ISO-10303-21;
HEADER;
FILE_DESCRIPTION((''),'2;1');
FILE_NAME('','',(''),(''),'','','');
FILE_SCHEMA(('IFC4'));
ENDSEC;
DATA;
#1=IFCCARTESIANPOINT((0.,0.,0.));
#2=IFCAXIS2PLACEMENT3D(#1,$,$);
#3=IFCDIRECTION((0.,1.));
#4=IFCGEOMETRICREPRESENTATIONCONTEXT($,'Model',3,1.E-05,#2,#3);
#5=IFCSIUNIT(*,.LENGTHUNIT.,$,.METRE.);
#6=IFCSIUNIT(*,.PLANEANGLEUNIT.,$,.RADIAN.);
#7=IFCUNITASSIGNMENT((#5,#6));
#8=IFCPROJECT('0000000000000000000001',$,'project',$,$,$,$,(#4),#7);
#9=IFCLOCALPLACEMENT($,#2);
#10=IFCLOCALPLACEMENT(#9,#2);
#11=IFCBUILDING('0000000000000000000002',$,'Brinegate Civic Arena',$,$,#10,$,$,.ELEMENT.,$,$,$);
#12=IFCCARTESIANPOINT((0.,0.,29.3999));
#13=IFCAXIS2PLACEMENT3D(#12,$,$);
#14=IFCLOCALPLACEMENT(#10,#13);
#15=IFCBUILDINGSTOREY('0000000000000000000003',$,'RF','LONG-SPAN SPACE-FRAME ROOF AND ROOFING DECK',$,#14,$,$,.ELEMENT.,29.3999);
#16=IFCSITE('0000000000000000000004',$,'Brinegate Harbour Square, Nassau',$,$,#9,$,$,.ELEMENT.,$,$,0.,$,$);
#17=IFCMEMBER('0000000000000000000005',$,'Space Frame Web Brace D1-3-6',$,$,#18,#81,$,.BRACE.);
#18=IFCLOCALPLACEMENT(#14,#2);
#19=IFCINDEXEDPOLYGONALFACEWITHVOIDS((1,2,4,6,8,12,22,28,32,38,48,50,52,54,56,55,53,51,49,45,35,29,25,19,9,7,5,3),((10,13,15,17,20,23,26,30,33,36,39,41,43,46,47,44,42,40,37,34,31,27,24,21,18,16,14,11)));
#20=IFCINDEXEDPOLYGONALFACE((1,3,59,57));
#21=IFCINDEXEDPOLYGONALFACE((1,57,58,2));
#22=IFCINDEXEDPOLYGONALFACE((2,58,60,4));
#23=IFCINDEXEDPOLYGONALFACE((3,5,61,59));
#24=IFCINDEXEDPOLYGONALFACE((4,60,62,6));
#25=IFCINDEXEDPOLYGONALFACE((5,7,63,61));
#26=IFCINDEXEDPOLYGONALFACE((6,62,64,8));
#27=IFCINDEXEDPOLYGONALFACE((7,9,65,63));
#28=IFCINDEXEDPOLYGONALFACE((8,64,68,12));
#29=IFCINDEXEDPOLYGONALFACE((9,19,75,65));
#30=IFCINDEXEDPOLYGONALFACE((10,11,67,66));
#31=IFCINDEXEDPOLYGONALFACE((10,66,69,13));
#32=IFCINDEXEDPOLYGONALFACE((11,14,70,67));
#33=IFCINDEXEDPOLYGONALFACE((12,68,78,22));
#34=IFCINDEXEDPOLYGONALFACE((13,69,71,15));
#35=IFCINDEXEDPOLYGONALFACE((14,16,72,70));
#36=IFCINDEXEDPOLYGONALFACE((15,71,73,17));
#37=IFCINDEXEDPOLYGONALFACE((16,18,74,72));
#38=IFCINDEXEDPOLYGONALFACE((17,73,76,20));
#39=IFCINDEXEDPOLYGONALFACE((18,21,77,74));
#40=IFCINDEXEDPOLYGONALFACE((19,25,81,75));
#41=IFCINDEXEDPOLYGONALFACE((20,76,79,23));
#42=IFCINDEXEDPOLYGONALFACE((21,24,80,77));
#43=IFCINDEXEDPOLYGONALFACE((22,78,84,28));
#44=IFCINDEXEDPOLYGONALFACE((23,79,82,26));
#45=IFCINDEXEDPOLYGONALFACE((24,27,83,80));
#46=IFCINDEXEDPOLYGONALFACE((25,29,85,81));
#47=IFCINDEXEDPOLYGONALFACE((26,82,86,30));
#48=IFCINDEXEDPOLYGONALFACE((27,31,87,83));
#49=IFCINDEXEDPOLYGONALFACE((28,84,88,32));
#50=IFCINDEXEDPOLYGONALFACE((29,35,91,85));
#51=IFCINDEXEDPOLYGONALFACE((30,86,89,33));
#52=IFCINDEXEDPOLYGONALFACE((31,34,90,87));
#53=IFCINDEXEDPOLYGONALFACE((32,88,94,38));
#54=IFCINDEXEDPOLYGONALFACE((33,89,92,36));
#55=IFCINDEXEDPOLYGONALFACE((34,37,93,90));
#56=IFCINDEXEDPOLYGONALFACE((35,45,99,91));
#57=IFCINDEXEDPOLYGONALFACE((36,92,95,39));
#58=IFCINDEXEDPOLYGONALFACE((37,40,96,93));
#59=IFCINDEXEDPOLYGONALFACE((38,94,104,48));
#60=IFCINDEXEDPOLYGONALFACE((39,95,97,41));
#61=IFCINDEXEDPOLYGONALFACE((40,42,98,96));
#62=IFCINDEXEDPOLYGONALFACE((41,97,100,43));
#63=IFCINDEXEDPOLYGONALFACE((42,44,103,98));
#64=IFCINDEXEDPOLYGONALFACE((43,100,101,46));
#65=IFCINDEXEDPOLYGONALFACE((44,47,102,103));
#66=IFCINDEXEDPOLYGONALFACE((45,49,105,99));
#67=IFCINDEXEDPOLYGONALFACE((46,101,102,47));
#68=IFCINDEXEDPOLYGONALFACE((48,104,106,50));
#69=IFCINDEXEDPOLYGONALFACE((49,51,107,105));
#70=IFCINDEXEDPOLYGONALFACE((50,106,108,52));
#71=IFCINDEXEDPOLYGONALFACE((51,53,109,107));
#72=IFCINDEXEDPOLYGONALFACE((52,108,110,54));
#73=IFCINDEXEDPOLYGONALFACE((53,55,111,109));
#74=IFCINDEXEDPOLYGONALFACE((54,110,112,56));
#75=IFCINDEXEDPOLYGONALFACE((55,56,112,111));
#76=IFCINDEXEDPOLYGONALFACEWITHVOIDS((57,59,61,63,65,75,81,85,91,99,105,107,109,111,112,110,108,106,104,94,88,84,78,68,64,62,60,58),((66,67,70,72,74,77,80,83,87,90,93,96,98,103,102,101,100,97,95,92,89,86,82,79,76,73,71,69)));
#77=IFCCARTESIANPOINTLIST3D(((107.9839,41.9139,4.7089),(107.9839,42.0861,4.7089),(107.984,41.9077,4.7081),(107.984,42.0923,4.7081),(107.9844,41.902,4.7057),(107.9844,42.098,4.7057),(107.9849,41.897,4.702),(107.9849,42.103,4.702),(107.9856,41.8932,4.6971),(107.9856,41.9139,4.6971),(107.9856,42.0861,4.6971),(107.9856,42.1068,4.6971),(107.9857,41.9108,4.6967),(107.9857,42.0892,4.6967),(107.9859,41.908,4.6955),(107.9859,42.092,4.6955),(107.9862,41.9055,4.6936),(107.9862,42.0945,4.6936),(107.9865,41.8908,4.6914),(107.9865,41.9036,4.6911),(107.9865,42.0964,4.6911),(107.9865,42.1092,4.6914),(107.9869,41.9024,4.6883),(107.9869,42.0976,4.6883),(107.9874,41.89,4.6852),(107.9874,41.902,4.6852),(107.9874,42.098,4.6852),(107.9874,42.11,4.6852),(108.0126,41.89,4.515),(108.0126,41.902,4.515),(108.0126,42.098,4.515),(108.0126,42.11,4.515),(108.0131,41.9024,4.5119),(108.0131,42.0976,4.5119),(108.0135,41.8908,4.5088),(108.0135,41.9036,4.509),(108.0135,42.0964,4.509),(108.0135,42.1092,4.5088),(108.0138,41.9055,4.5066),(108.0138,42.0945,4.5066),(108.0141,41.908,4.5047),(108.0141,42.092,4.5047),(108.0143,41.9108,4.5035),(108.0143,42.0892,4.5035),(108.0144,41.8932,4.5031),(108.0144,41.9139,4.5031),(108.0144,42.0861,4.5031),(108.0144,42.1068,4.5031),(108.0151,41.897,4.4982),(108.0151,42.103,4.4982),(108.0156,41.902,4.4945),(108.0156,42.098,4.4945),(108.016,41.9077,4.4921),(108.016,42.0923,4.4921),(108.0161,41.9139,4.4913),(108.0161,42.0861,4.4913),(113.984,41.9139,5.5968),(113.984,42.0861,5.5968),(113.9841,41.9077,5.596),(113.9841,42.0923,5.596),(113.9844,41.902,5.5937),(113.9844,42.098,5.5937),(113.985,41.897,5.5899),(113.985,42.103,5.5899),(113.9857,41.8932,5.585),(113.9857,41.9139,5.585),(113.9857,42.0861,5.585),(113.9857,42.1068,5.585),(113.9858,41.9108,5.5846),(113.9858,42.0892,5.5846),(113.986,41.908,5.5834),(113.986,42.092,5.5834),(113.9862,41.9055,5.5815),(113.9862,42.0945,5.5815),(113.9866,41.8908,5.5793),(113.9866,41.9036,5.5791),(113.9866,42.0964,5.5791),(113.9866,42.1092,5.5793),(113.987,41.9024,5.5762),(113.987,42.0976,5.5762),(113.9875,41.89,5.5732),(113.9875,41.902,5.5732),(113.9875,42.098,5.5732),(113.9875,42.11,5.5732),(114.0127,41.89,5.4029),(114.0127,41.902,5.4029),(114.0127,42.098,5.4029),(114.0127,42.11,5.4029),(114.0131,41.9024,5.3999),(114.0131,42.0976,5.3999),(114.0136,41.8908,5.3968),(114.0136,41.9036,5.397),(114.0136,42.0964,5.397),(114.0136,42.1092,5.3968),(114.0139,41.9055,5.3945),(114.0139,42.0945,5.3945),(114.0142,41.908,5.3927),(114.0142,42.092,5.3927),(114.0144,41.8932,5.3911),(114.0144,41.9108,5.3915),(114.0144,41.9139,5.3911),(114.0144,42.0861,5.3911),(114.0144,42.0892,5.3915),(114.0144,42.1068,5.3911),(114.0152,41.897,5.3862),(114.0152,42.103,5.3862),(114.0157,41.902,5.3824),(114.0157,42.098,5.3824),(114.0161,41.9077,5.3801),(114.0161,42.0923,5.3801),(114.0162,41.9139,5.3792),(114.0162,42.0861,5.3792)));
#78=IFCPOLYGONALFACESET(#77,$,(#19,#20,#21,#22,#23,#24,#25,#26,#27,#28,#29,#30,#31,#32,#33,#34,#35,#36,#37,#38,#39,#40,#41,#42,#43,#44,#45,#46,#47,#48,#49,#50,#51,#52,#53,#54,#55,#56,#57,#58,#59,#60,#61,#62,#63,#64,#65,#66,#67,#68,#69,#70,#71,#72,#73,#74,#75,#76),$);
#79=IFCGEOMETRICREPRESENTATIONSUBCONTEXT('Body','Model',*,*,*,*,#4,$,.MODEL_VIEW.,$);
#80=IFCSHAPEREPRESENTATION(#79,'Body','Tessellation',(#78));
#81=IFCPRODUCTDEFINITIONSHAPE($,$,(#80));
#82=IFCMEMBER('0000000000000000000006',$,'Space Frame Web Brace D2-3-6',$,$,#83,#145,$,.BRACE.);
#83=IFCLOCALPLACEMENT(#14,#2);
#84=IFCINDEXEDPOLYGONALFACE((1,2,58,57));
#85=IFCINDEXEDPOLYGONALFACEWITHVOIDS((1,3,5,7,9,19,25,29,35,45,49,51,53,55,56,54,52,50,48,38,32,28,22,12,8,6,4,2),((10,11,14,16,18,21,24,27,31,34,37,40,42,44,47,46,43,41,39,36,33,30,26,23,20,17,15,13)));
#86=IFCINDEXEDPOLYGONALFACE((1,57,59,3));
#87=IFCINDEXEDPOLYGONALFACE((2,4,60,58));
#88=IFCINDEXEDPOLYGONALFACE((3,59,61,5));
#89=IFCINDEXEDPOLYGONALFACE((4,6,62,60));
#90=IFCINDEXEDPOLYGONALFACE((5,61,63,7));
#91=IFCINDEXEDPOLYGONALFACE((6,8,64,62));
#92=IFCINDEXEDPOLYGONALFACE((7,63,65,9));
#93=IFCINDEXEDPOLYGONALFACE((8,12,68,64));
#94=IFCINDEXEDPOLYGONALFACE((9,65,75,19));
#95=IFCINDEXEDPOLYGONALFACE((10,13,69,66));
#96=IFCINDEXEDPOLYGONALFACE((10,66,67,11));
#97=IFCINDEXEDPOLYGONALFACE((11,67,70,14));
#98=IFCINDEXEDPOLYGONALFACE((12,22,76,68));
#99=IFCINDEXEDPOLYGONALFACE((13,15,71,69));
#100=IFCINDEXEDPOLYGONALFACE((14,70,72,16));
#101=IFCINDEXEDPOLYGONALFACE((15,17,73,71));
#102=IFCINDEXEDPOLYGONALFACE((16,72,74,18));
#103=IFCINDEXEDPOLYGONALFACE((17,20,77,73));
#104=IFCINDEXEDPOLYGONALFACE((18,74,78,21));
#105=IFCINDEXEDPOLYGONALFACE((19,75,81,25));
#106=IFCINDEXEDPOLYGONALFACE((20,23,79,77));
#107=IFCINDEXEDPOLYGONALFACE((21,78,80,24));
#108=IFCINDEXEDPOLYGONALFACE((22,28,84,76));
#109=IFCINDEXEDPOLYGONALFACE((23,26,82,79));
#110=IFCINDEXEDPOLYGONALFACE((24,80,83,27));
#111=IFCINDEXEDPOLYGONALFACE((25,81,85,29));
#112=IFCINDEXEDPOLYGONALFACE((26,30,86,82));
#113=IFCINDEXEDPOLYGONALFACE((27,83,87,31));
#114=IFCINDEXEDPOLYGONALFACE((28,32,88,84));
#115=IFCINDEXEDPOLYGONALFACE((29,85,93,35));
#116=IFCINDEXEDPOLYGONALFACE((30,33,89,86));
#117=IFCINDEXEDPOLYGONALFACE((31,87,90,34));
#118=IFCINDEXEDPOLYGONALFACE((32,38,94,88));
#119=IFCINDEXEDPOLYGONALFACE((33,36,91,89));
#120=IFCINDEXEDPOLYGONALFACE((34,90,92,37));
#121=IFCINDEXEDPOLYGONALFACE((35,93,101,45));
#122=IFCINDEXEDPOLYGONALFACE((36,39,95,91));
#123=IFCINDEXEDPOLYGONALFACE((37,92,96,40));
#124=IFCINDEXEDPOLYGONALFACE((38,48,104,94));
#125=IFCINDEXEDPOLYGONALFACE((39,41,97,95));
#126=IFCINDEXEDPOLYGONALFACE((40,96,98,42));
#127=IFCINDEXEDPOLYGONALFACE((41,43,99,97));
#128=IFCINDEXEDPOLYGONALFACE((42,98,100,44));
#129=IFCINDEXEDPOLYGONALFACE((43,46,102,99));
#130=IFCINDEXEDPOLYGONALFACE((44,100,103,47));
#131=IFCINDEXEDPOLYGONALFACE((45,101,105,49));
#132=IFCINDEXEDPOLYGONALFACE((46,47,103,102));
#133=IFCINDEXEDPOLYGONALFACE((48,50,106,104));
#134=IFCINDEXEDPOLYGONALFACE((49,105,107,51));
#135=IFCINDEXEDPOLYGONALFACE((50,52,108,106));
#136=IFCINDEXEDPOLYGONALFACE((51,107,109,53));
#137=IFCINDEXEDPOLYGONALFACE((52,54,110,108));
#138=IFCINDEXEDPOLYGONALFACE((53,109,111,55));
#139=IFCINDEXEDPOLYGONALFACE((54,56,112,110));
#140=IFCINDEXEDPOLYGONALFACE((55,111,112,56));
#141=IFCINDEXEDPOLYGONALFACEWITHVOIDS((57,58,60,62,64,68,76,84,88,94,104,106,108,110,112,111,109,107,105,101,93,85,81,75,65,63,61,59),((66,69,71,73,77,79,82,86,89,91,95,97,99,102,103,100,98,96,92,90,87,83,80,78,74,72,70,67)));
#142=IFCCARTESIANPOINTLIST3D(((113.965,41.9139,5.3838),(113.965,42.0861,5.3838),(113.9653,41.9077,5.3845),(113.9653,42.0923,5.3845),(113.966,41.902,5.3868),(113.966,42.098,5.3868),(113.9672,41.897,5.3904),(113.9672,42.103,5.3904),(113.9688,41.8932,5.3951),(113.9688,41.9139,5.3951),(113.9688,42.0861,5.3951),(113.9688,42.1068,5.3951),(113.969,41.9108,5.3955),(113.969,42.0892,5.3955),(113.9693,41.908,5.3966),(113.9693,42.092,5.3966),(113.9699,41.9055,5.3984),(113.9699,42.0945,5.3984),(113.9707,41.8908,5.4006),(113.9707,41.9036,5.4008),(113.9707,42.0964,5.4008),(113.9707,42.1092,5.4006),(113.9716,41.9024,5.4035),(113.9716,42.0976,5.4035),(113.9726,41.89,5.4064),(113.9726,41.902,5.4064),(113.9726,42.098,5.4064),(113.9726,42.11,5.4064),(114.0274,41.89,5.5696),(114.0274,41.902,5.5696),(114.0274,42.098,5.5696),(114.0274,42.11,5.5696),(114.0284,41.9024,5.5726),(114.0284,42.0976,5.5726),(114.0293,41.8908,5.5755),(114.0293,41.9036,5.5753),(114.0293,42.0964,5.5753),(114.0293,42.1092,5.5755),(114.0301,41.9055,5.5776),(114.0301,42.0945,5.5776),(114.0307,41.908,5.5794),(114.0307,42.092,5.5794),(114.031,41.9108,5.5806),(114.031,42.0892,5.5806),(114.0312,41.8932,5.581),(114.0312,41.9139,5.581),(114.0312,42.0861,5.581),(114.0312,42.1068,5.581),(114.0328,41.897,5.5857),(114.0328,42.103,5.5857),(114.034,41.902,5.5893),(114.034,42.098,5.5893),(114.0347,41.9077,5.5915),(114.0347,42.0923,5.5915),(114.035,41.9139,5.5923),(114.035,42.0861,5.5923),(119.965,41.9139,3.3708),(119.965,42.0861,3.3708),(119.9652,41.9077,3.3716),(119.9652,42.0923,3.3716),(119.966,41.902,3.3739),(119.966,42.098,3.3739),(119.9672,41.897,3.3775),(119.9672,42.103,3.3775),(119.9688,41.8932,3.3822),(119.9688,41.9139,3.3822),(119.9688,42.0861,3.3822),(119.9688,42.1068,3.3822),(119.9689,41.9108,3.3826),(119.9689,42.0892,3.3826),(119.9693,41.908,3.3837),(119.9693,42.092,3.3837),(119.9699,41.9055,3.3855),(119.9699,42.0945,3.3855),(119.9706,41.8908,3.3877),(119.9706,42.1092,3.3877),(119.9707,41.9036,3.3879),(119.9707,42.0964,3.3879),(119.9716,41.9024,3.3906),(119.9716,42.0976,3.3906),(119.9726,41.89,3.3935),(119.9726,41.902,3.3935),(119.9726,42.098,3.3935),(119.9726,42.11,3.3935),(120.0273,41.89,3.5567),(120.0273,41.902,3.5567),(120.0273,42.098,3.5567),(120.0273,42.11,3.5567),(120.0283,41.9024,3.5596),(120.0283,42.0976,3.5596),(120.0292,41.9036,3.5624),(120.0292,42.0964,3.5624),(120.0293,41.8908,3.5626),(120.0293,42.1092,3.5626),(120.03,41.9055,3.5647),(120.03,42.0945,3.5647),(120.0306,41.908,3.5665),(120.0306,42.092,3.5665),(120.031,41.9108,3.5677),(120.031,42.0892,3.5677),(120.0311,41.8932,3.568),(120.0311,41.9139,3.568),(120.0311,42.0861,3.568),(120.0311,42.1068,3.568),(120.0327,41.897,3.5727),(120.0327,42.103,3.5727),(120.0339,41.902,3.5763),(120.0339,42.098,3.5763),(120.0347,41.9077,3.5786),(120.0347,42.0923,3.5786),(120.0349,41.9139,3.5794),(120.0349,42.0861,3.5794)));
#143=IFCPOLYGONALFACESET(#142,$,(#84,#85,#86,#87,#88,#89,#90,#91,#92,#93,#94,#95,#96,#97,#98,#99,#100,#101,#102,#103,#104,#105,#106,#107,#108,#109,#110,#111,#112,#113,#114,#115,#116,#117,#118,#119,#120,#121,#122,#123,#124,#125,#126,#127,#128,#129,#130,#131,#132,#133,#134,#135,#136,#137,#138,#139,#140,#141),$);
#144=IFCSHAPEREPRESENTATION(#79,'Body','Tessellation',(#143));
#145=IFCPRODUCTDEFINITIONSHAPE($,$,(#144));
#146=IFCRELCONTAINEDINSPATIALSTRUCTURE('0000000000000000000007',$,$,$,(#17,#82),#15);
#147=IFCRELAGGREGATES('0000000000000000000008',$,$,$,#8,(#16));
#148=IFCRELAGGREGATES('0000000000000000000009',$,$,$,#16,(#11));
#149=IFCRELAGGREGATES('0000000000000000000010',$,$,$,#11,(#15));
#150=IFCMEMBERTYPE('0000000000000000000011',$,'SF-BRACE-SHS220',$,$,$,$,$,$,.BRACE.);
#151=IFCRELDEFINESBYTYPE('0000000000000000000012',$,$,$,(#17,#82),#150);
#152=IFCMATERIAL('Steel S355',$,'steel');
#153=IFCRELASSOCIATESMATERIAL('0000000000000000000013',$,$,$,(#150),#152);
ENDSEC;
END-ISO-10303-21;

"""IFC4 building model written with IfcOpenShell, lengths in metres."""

from ifc_helpers import new_model, si_unit, direction, frame, origin, origin_2d, place, context, subcontext, project, spatial, hollow_rectangle, extrude, material, material_profile, profile_set, type_object, element, save


model = new_model("IFC4")

# Units and contexts
model_context = context("Model", 3, precision=1e-05, world=origin(), true_north=direction((0.0, 1.0)))
body_context = subcontext(model_context, "Body", "Model", "MODEL_VIEW")
ifc_project = project(units=[si_unit("LENGTHUNIT", "METRE"), si_unit("PLANEANGLEUNIT", "RADIAN")], contexts=[model_context])

# Site, building, storey
site_placement = place(None, origin())
site = spatial("IfcSite", under=ifc_project, at=site_placement, Name="Brinegate Harbour Square, Nassau", CompositionType="ELEMENT", RefElevation=0.0)
building_placement = place(site_placement, origin())
building = spatial("IfcBuilding", under=site, at=building_placement, Name="Brinegate Civic Arena", CompositionType="ELEMENT")
storey_placement = place(building_placement, frame((0.0, 0.0, 29.3999)))
storey = spatial("IfcBuildingStorey", under=building, at=storey_placement, Name="RF", Description="LONG-SPAN SPACE-FRAME ROOF AND ROOFING DECK", CompositionType="ELEMENT", Elevation=29.3999)

# Members
ifc_material = material(Name="Steel S355", Category="steel")
ifc_material_profile_1 = material_profile(ifc_material, hollow_rectangle(XDim=0.22, YDim=0.22, WallThickness=0.012, InnerFilletRadius=0.012, OuterFilletRadius=0.0239, at=origin_2d()), Name="SHS220X12")
ifc_profile_set_1 = profile_set([ifc_material_profile_1], Name="Steel S355")
member_type_1 = type_object("IfcMemberType", Name="SF-BRACE-SHS220", PredefinedType="BRACE", material=ifc_profile_set_1)
member_1_placement = place(storey_placement, frame((108.0, 42.0, 4.6001), z_axis=(0.989226, 0.0, 0.146395), x_axis=(0.0, 1.0, 0.0)))
element("IfcMember", 1, at=member_1_placement, inside=storey, type_object=member_type_1, Name="Space Frame Web Brace D1-3-6", PredefinedType="BRACE", context=body_context, shape_type="SweptSolid", body=[
    extrude(hollow_rectangle(XDim=0.22, YDim=0.22, WallThickness=0.012, InnerFilletRadius=0.012, OuterFilletRadius=0.0239, at=origin_2d()), origin(), (0.0, 0.0, 1.0), 6.0654),
])
member_2_placement = place(storey_placement, frame((114.0, 42.0, 5.488), z_axis=(0.948068, 0.0, -0.318067), x_axis=(0.0, 1.0, 0.0)))
element("IfcMember", 2, at=member_2_placement, inside=storey, type_object=member_type_1, Name="Space Frame Web Brace D2-3-6", PredefinedType="BRACE", context=body_context, shape_type="SweptSolid", body=[
    extrude(hollow_rectangle(XDim=0.22, YDim=0.22, WallThickness=0.012, InnerFilletRadius=0.012, OuterFilletRadius=0.0239, at=origin_2d()), origin(), (0.0, 0.0, 1.0), 6.3286),
])

save(model, "model.ifc")
